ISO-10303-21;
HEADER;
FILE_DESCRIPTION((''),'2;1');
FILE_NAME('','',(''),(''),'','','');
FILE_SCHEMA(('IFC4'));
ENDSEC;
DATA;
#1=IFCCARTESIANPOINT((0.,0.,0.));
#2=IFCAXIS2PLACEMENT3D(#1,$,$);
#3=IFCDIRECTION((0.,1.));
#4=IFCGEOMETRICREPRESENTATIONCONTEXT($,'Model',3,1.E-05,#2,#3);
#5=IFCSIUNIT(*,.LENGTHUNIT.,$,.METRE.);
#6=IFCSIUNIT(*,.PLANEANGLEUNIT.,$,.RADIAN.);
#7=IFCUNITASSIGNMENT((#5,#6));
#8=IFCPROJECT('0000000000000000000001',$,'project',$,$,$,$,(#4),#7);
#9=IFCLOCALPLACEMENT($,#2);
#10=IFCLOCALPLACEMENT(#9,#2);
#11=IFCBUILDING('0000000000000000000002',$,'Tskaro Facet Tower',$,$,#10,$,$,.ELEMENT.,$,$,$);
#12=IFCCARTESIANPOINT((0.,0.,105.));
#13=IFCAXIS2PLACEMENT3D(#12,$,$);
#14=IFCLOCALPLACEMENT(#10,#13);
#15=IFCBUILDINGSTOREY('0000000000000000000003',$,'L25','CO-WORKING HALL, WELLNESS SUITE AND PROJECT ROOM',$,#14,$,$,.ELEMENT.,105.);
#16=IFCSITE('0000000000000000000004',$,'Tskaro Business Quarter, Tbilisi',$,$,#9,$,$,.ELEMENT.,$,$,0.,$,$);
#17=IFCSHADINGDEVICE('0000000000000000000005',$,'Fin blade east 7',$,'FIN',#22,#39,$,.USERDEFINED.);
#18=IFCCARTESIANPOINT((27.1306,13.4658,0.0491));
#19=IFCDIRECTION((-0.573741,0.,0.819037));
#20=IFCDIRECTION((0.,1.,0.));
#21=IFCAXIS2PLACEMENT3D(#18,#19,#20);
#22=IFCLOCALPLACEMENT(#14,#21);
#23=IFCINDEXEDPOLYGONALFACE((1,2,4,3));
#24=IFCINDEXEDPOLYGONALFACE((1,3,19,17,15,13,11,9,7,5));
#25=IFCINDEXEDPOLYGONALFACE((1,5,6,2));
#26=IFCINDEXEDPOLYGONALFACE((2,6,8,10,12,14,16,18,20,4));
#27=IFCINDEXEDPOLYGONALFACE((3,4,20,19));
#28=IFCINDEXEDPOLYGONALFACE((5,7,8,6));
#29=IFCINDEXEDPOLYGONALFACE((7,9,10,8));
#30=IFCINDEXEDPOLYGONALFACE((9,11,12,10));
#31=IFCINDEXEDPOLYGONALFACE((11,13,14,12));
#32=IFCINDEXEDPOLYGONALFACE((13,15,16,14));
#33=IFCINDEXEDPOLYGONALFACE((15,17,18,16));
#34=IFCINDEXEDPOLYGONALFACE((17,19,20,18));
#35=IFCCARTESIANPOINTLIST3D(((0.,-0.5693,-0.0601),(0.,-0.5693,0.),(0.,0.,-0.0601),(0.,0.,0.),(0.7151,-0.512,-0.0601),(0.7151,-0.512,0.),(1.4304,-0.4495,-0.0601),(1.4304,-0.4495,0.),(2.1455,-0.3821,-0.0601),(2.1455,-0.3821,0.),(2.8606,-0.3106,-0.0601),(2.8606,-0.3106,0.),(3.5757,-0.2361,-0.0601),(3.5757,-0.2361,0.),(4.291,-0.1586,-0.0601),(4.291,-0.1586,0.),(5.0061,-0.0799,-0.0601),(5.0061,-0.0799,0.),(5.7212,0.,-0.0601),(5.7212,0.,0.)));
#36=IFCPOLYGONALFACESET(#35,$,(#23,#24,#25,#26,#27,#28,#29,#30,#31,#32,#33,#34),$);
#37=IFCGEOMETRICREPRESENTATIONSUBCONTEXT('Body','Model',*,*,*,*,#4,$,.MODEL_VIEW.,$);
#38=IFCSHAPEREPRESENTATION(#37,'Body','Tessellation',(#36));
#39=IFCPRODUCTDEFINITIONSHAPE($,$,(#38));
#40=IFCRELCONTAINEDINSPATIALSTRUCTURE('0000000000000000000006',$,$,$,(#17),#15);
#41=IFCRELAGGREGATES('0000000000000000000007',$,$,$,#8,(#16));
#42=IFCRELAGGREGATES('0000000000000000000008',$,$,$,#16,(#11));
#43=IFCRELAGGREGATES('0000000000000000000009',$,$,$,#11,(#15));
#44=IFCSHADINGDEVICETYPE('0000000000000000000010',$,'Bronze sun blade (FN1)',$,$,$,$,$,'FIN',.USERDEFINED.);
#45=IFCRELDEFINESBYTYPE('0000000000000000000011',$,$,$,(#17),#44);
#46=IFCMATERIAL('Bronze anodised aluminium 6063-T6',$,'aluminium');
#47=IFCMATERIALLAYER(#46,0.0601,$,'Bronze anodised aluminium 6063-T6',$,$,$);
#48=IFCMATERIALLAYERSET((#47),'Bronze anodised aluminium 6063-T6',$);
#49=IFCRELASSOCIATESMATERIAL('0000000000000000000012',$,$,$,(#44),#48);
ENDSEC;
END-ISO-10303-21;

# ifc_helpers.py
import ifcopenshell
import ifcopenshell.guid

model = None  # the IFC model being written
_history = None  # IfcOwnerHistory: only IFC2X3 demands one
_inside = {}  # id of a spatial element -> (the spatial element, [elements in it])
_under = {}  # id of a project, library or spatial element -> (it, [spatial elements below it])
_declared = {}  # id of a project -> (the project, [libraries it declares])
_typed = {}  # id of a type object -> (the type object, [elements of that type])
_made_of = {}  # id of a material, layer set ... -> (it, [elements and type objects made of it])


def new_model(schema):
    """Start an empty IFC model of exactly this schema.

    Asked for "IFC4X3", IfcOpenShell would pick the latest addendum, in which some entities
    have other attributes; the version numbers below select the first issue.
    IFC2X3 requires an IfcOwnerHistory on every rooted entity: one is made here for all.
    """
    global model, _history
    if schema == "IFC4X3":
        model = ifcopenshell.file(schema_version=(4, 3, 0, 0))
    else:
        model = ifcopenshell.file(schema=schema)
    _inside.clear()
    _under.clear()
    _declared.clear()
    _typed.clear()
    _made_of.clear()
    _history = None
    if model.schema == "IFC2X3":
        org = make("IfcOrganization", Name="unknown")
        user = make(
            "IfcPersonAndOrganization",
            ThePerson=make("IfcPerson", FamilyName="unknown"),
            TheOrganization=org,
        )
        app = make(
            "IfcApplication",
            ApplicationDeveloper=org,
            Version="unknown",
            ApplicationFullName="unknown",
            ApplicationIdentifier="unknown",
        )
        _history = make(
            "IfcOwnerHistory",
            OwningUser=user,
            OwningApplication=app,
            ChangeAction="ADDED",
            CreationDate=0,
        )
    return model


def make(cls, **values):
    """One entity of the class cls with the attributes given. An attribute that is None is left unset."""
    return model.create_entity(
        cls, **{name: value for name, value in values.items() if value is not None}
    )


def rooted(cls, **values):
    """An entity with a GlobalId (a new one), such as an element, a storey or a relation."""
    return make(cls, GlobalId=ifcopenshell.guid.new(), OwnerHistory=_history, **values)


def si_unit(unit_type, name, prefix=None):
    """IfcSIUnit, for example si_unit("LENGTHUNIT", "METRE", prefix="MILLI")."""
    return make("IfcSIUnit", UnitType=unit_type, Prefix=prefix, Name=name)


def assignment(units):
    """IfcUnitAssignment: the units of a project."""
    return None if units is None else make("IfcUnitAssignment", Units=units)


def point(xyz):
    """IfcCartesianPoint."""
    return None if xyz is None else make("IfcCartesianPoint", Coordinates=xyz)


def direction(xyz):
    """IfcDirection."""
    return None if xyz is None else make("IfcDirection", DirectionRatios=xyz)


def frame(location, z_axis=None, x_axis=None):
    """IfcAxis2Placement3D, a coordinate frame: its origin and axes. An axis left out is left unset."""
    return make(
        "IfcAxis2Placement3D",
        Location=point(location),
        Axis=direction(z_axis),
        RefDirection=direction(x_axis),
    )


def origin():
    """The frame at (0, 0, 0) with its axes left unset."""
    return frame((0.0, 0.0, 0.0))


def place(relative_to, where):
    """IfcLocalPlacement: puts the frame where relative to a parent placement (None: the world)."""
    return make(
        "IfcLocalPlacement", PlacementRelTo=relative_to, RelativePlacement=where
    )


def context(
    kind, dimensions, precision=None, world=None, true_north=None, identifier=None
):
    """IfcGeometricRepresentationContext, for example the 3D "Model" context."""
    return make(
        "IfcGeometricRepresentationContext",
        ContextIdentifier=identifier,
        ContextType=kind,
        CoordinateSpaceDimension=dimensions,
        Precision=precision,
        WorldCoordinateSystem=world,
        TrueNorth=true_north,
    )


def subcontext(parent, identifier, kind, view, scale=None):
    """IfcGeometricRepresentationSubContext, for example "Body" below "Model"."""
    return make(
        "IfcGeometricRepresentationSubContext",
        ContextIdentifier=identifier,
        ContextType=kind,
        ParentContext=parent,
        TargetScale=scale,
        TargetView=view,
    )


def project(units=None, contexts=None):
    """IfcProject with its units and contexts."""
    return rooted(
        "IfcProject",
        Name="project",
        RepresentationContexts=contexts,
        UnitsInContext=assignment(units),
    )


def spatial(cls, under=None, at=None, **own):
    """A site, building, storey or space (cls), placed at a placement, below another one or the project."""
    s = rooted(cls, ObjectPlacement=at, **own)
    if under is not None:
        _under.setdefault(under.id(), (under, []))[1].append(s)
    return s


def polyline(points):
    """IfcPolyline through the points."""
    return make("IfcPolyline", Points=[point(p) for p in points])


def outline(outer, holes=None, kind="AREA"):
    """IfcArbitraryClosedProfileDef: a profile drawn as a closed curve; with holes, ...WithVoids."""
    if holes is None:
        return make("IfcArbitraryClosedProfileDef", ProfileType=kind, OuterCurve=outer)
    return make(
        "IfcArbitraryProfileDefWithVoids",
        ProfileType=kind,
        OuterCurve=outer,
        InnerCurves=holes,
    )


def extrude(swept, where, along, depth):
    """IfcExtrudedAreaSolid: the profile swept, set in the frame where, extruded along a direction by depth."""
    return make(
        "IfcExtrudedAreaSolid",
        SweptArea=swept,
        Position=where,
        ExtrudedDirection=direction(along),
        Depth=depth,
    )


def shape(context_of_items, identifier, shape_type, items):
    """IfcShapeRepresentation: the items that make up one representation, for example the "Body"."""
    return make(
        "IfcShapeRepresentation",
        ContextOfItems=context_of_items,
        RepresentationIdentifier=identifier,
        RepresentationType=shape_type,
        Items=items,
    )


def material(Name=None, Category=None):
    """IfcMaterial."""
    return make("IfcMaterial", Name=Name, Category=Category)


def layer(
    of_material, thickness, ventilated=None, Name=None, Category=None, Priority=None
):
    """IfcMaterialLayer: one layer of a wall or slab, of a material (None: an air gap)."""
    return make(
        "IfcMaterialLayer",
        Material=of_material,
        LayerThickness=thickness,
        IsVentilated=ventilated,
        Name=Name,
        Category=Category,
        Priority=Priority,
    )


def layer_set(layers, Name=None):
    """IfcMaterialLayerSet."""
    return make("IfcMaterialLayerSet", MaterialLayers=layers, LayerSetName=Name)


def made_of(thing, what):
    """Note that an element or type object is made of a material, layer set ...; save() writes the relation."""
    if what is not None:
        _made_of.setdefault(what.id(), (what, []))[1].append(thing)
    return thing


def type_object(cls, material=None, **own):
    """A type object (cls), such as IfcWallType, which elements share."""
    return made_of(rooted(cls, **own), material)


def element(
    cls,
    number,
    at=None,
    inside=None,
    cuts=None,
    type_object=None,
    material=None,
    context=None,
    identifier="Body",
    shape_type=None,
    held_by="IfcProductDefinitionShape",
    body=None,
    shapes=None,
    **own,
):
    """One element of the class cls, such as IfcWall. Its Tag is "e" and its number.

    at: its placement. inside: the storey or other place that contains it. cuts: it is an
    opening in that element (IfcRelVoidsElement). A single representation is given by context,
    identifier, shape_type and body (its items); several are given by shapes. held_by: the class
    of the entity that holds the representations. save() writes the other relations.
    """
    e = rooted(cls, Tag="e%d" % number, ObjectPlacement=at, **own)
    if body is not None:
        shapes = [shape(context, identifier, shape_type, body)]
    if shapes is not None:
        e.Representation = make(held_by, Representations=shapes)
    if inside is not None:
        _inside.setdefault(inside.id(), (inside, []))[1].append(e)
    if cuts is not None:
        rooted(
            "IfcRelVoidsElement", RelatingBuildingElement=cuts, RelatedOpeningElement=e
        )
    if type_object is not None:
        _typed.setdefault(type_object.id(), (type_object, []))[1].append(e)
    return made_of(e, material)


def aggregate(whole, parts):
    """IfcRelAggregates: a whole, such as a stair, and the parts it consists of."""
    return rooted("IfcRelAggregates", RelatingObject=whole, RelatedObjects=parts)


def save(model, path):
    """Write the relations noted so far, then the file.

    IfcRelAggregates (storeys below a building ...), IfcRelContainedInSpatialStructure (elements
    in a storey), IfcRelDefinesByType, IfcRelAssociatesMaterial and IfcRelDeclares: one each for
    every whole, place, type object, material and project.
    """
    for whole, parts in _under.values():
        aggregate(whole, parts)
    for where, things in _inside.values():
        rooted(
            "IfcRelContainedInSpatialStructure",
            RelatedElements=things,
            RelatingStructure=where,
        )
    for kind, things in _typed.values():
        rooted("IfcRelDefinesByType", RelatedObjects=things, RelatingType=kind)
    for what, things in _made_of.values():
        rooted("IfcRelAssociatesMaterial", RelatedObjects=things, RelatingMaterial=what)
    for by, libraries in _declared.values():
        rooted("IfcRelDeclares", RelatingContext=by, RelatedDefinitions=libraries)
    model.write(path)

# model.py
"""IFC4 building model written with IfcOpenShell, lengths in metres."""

from ifc_helpers import new_model, si_unit, direction, frame, origin, place, context, subcontext, project, spatial, polyline, outline, extrude, material, layer, layer_set, type_object, element, save


model = new_model("IFC4")

# Units and contexts
model_context = context("Model", 3, precision=1e-05, world=origin(), true_north=direction((0.0, 1.0)))
body_context = subcontext(model_context, "Body", "Model", "MODEL_VIEW")
ifc_project = project(units=[si_unit("LENGTHUNIT", "METRE"), si_unit("PLANEANGLEUNIT", "RADIAN")], contexts=[model_context])

# Site, building, storey
site_placement = place(None, origin())
site = spatial("IfcSite", under=ifc_project, at=site_placement, Name="Tskaro Business Quarter, Tbilisi", CompositionType="ELEMENT", RefElevation=0.0)
building_placement = place(site_placement, origin())
building = spatial("IfcBuilding", under=site, at=building_placement, Name="Tskaro Facet Tower", CompositionType="ELEMENT")
storey_placement = place(building_placement, frame((0.0, 0.0, 105.0)))
storey = spatial("IfcBuildingStorey", under=building, at=storey_placement, Name="L25", Description="CO-WORKING HALL, WELLNESS SUITE AND PROJECT ROOM", CompositionType="ELEMENT", Elevation=105.0)

# Shared definitions
ifc_material_1 = material(Name="Bronze anodised aluminium 6063-T6", Category="aluminium")

# Shading device
ifc_layer_1 = layer(ifc_material_1, 0.0601, Name="Bronze anodised aluminium 6063-T6")
ifc_layer_set_1 = layer_set([ifc_layer_1], Name="Bronze anodised aluminium 6063-T6")
shading_device_type = type_object("IfcShadingDeviceType", Name="Bronze sun blade (FN1)", ElementType="FIN", PredefinedType="USERDEFINED", material=ifc_layer_set_1)
shading_device_1_placement = place(storey_placement, frame((27.1306, 13.4658, 0.0491), z_axis=(-0.573741, 0.0, 0.819037), x_axis=(0.0, 1.0, 0.0)))
element("IfcShadingDevice", 1, at=shading_device_1_placement, inside=storey, type_object=shading_device_type, Name="Fin blade east 7", ObjectType="FIN", PredefinedType="USERDEFINED", context=body_context, shape_type="SweptSolid", body=[
    extrude(outline(polyline([(0.0, 0.0), (5.7212, 0.0), (5.0061, -0.0799), (4.291, -0.1586), (3.5757, -0.2361), (2.8606, -0.3106), (2.1455, -0.3821), (1.4304, -0.4495), (0.7151, -0.512), (0.0, -0.5693), (0.0, 0.0)])), origin(), (0.0, 0.0, -1.0), 0.0601),
])

save(model, "model.ifc")
